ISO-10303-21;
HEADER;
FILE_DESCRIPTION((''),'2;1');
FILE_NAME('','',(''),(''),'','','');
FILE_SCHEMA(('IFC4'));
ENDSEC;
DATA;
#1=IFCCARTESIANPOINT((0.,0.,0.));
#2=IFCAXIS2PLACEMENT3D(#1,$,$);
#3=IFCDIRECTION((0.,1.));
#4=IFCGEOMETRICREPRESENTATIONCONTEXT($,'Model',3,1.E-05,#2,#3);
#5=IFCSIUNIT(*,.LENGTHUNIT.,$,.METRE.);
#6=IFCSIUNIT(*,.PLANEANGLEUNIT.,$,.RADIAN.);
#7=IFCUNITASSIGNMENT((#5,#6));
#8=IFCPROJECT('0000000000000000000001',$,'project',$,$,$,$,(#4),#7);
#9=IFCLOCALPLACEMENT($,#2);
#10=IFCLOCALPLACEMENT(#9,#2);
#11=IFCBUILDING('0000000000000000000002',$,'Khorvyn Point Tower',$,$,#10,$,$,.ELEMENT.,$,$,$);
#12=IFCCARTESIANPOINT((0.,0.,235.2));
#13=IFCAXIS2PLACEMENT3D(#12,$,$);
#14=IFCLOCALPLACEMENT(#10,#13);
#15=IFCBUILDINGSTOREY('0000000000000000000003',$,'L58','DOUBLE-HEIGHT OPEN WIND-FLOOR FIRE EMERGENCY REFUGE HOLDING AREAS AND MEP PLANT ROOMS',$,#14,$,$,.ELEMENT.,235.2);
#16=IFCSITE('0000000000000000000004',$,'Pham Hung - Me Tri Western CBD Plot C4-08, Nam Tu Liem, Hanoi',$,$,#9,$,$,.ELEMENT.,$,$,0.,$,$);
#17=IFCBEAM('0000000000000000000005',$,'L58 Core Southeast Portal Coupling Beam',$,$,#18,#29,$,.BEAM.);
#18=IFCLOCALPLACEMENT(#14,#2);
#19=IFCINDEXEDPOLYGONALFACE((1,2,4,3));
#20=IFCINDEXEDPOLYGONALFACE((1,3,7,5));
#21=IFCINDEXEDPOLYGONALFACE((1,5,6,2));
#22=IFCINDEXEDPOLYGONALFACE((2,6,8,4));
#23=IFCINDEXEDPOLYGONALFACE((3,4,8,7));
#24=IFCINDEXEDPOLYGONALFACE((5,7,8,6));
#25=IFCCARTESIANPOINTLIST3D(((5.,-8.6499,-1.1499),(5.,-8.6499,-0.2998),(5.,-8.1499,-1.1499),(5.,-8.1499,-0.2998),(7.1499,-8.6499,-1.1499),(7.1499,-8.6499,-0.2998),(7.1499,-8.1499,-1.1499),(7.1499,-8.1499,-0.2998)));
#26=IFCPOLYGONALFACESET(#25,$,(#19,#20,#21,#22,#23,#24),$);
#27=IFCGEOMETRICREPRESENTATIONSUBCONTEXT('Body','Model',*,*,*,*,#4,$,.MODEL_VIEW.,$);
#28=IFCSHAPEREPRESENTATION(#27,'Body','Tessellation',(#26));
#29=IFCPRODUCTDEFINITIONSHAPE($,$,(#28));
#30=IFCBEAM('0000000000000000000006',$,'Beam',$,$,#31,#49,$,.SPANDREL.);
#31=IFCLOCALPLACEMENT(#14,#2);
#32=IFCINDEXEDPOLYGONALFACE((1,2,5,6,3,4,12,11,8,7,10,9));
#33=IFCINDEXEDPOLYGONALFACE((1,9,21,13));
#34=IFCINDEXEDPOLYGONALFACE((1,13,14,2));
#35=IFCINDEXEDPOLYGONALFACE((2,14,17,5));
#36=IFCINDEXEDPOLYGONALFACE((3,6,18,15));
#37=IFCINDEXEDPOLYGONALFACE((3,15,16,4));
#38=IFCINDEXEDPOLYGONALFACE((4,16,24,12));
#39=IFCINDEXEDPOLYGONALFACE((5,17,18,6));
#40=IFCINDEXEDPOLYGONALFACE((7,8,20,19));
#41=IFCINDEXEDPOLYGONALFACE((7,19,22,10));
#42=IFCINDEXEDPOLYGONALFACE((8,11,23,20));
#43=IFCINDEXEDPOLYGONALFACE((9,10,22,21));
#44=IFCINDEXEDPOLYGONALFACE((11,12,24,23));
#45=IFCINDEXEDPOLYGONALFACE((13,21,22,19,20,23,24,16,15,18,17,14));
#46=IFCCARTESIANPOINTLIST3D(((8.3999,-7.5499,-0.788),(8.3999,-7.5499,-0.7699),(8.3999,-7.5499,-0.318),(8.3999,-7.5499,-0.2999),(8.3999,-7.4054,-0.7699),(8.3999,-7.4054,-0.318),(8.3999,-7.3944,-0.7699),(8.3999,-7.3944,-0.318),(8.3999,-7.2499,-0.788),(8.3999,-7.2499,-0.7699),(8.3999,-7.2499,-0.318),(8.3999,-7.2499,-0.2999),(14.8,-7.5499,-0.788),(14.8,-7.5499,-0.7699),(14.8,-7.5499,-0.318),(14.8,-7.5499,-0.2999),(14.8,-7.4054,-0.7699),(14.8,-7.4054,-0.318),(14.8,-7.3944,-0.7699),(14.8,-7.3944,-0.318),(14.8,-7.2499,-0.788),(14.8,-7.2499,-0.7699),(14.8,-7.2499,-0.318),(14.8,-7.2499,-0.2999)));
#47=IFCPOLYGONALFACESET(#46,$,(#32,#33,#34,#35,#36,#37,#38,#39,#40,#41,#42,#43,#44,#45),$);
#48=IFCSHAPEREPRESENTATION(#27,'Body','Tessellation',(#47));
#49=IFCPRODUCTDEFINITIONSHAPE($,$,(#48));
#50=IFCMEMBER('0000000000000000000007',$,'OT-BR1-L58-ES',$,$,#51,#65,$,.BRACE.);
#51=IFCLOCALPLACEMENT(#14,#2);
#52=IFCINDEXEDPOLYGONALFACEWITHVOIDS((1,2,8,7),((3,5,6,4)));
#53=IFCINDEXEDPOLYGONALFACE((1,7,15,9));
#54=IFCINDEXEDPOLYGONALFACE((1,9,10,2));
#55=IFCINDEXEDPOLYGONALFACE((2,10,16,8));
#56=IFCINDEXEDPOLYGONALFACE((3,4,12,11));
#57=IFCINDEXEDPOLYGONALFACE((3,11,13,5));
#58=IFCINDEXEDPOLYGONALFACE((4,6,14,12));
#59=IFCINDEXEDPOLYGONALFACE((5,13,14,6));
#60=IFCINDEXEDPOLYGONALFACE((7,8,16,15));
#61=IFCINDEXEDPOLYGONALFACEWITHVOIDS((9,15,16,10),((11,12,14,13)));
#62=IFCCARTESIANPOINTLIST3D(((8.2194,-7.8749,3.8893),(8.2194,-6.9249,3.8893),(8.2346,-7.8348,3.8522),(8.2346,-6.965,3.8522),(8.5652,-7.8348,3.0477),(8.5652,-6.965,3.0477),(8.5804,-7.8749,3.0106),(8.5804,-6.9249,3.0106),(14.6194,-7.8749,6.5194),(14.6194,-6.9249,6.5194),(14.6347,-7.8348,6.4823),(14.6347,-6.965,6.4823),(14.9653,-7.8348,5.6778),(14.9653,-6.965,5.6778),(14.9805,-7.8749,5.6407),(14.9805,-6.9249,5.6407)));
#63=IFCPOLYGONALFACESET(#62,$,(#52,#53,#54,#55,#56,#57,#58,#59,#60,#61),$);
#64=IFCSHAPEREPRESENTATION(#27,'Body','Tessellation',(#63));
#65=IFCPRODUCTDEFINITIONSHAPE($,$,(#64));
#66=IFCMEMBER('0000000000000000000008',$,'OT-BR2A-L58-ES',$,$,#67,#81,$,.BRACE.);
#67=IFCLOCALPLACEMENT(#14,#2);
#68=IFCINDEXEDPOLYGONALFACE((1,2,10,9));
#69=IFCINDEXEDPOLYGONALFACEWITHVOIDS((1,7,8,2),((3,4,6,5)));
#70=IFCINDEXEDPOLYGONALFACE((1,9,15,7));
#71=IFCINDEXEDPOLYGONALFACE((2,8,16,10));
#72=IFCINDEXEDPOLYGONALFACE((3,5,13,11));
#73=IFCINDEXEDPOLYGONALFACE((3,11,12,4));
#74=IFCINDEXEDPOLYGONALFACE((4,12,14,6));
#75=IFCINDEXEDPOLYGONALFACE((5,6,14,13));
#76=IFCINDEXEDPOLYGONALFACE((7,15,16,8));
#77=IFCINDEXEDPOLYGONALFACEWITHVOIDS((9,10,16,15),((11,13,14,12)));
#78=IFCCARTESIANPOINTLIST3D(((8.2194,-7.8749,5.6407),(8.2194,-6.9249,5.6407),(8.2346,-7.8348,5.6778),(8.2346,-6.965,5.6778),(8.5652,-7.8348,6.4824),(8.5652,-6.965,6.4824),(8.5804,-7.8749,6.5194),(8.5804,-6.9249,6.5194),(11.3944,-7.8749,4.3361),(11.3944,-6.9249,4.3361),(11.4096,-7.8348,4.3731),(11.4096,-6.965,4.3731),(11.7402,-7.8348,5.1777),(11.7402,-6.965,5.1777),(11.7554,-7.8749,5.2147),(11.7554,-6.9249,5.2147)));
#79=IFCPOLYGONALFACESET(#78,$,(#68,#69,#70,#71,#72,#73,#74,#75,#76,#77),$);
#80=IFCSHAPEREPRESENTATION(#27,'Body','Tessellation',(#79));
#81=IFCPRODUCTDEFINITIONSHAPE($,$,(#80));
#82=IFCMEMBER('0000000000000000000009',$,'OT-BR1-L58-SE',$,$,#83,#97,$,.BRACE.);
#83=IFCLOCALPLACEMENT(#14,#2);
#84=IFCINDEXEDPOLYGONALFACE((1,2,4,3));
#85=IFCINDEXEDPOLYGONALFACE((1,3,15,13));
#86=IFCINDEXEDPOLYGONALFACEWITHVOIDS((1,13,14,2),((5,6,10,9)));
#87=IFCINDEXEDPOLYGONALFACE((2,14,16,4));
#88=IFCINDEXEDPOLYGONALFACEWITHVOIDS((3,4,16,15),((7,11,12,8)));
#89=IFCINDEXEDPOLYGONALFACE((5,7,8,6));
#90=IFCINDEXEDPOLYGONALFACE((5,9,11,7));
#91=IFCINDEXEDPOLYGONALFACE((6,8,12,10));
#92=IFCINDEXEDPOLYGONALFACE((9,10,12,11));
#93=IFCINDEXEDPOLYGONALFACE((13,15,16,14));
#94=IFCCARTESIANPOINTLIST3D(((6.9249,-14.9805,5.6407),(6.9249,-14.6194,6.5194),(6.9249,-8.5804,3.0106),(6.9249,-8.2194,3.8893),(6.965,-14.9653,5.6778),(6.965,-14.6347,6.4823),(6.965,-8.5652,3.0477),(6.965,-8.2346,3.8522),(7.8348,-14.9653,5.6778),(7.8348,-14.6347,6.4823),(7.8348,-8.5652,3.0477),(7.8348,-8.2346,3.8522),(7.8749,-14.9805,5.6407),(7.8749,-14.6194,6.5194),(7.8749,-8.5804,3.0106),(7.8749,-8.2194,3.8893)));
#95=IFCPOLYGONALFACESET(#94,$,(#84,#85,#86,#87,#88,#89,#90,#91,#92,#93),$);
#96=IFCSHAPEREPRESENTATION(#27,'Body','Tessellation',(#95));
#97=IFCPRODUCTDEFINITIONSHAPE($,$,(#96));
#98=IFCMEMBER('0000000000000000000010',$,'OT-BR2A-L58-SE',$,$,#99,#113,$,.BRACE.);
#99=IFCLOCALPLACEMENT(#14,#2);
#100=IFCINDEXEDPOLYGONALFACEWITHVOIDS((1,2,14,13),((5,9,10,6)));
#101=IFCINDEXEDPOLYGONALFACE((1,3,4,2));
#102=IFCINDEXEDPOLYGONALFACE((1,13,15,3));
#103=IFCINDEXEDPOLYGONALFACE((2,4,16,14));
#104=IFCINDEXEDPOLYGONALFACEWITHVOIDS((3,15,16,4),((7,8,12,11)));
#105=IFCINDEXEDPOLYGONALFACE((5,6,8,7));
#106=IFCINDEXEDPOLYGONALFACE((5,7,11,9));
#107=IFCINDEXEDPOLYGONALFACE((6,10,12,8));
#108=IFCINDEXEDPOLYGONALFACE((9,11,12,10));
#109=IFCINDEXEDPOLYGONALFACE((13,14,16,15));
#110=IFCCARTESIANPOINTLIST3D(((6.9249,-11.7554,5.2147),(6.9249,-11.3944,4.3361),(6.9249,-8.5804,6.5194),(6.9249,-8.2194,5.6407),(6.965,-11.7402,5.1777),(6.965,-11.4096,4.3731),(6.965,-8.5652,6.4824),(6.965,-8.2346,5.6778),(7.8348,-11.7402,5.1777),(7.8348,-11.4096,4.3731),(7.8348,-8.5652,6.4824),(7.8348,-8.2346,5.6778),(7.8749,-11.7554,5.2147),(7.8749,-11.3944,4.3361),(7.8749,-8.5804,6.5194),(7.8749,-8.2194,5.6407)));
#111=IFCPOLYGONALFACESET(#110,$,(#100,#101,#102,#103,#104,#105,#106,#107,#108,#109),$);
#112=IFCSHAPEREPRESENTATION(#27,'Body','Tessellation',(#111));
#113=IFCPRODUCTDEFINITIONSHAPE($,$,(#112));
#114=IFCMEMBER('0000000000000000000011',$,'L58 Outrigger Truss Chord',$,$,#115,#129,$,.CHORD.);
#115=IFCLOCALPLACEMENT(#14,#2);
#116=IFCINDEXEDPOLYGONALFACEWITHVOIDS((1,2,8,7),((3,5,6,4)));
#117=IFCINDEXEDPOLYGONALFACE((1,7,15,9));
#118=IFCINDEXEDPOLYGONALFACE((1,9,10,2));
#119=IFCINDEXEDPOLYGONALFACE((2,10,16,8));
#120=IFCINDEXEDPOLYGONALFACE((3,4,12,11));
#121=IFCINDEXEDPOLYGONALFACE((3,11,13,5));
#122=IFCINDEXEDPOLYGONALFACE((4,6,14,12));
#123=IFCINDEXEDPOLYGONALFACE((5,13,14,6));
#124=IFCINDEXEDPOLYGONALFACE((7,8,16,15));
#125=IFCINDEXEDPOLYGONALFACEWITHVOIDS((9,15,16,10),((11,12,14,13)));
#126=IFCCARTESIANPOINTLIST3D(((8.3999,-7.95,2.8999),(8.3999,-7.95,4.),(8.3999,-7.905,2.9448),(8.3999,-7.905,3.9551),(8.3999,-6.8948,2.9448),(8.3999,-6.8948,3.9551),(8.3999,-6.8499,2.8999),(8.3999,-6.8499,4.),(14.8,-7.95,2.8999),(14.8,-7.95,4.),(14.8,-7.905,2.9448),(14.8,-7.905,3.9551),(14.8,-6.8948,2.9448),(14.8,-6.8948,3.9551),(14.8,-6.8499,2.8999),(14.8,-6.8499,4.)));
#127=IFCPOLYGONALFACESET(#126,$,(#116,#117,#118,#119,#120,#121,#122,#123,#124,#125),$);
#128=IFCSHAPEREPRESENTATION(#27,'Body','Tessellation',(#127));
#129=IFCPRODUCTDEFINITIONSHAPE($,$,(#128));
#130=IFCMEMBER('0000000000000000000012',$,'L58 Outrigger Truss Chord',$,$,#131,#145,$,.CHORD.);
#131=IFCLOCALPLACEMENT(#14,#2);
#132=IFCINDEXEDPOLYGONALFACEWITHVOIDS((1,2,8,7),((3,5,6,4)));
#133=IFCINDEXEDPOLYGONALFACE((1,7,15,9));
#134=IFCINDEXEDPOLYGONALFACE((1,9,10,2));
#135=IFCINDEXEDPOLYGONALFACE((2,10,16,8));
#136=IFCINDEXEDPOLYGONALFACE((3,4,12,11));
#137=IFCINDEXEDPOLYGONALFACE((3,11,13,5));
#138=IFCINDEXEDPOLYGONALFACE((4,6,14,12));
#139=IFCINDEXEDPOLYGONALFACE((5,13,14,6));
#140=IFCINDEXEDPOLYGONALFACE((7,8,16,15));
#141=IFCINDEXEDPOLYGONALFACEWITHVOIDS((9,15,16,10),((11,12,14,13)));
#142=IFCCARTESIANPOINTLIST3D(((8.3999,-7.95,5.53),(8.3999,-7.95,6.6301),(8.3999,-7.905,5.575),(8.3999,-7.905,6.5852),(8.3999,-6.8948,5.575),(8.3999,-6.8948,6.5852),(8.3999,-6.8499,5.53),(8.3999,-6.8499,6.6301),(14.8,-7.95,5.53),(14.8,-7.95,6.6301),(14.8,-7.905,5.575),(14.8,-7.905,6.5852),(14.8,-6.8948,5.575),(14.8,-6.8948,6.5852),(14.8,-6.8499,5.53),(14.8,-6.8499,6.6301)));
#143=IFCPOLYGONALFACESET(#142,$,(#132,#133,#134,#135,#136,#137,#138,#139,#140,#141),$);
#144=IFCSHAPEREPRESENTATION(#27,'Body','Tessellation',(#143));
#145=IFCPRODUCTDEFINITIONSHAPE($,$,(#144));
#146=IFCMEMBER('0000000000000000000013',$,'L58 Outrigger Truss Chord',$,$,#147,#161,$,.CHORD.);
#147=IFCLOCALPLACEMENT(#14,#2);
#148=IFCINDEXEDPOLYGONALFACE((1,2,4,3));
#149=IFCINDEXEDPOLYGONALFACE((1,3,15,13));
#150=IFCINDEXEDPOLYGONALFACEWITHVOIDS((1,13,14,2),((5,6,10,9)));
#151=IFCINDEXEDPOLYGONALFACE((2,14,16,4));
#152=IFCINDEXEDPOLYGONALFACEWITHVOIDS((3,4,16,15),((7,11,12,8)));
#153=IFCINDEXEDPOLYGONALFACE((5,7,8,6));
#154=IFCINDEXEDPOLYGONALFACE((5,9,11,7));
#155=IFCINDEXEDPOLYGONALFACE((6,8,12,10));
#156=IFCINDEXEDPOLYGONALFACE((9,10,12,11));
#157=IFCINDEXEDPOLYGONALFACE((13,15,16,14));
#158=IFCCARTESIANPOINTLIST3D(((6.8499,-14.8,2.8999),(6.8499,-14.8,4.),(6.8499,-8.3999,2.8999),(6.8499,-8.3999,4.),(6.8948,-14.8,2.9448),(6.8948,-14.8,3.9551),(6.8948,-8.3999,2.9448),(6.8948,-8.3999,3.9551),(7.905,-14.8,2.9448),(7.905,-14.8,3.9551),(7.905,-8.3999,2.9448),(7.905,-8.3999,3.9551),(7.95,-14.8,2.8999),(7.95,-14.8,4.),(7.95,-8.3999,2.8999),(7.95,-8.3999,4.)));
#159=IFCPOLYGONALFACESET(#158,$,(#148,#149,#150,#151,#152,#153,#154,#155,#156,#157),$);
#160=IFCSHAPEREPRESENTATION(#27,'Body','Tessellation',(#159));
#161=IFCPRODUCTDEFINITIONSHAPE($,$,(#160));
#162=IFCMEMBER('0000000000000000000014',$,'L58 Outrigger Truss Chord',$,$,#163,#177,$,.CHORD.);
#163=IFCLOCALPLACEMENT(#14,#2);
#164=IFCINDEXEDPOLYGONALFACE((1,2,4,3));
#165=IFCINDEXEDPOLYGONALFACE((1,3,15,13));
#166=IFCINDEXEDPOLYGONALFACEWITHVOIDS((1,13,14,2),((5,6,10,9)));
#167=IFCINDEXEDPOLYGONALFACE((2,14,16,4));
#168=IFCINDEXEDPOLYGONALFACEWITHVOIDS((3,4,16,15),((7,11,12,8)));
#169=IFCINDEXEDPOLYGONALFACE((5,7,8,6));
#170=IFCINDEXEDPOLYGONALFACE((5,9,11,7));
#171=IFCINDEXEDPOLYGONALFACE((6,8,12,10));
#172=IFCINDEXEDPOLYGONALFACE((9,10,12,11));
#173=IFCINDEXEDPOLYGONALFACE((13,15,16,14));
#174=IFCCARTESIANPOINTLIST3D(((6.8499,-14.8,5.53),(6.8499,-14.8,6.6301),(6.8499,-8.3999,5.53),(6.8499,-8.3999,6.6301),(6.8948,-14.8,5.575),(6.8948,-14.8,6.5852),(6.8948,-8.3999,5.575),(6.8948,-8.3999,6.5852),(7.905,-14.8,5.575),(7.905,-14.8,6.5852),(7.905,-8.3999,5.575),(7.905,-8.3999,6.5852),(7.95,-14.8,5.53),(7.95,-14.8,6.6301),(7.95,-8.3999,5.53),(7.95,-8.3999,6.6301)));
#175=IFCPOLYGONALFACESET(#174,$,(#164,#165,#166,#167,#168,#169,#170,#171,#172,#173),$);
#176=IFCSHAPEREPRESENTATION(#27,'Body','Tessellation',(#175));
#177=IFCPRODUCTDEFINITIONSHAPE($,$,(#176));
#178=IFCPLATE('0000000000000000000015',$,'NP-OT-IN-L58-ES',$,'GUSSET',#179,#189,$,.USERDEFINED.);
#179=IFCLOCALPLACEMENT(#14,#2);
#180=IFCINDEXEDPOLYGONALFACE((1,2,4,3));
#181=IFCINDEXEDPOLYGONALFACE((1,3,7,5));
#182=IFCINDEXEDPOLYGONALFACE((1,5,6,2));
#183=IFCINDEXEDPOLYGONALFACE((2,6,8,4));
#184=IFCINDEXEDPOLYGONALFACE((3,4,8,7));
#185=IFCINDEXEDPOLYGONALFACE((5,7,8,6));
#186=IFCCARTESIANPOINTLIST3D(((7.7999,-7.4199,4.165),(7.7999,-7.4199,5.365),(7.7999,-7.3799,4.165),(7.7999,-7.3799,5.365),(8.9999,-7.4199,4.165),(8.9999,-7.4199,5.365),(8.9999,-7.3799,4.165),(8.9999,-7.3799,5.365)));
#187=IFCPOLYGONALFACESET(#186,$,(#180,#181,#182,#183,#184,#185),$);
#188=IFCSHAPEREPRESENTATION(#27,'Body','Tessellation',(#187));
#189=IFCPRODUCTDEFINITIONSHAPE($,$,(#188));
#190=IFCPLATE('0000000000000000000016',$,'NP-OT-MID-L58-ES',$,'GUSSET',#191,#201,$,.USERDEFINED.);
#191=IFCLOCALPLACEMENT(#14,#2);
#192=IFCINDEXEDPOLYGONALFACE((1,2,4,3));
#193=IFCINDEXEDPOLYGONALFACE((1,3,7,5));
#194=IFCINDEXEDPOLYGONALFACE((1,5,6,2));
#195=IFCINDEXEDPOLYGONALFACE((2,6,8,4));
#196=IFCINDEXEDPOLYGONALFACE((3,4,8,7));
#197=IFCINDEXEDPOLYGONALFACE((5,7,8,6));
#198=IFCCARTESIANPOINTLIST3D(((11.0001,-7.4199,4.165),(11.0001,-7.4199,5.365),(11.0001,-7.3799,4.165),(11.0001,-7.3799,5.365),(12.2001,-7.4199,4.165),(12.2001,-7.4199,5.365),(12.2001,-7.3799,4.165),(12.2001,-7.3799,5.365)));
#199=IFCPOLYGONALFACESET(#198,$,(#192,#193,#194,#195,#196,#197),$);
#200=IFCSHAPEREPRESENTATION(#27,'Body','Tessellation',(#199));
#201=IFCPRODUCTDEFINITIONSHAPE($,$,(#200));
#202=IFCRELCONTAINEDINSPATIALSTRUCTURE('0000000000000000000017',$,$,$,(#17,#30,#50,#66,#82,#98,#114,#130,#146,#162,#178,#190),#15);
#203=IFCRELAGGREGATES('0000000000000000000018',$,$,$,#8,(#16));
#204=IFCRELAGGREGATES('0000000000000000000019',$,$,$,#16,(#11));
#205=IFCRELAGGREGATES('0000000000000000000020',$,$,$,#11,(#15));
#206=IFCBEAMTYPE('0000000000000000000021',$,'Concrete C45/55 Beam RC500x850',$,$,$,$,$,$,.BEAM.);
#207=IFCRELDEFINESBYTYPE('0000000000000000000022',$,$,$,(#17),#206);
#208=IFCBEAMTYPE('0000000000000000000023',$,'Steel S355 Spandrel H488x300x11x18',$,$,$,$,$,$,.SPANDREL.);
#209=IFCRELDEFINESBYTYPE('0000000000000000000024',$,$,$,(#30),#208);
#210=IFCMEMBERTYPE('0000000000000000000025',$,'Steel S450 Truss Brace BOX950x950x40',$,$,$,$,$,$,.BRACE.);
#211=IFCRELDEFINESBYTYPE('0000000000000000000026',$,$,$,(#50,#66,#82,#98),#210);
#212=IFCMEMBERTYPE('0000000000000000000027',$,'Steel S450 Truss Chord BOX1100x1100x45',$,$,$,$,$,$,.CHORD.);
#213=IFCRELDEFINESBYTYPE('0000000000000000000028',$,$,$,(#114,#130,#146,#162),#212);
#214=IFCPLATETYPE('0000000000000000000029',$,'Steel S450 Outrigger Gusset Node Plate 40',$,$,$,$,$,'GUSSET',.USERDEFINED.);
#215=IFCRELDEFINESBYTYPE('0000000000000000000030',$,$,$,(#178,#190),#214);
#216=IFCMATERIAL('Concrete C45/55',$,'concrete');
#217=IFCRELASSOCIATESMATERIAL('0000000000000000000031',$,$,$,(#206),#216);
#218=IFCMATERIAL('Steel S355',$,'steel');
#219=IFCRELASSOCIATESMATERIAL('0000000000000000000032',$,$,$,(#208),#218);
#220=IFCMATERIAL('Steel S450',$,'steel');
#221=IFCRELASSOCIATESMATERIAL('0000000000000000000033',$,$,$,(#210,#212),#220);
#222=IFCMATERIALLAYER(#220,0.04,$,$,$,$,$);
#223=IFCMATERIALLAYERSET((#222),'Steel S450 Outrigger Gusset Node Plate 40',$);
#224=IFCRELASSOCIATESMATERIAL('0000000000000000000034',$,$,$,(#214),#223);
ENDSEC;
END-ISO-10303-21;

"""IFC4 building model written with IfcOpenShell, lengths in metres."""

from ifc_helpers import new_model, si_unit, direction, frame, origin, origin_2d, place, context, subcontext, project, spatial, rectangle, hollow_rectangle, i_section, extrude, material, layer, layer_set, material_profile, profile_set, type_object, element, save


model = new_model("IFC4")

# Units and contexts
model_context = context("Model", 3, precision=1e-05, world=origin(), true_north=direction((0.0, 1.0)))
body_context = subcontext(model_context, "Body", "Model", "MODEL_VIEW")
ifc_project = project(units=[si_unit("LENGTHUNIT", "METRE"), si_unit("PLANEANGLEUNIT", "RADIAN")], contexts=[model_context])

# Site, building, storey
site_placement = place(None, origin())
site = spatial("IfcSite", under=ifc_project, at=site_placement, Name="Pham Hung - Me Tri Western CBD Plot C4-08, Nam Tu Liem, Hanoi", CompositionType="ELEMENT", RefElevation=0.0)
building_placement = place(site_placement, origin())
building = spatial("IfcBuilding", under=site, at=building_placement, Name="Khorvyn Point Tower", CompositionType="ELEMENT")
storey_placement = place(building_placement, frame((0.0, 0.0, 235.2)))
storey = spatial("IfcBuildingStorey", under=building, at=storey_placement, Name="L58", Description="DOUBLE-HEIGHT OPEN WIND-FLOOR FIRE EMERGENCY REFUGE HOLDING AREAS AND MEP PLANT ROOMS", CompositionType="ELEMENT", Elevation=235.2)

# Beams
ifc_material_1 = material(Name="Concrete C45/55", Category="concrete")
ifc_material_profile_1 = material_profile(ifc_material_1, rectangle(XDim=0.5, YDim=0.8501, at=origin_2d()))
ifc_profile_set_1 = profile_set([ifc_material_profile_1], Name="Concrete C45/55 RC500x850")
beam_type_1 = type_object("IfcBeamType", Name="Concrete C45/55 Beam RC500x850", PredefinedType="BEAM", material=ifc_profile_set_1)
beam_1_placement = place(storey_placement, frame((5.0, -8.3999, -0.7249), z_axis=(1.0, 0.0, 0.0), x_axis=(0.0, 1.0, 0.0)))
element("IfcBeam", 1, at=beam_1_placement, inside=storey, type_object=beam_type_1, Name="L58 Core Southeast Portal Coupling Beam", PredefinedType="BEAM", context=body_context, shape_type="SweptSolid", body=[
    extrude(rectangle(XDim=0.5, YDim=0.8501, at=origin_2d()), origin(), (0.0, 0.0, 1.0), 2.1499),
])
ifc_material_2 = material(Name="Steel S355", Category="steel")
ifc_material_profile_2 = material_profile(ifc_material_2, i_section(OverallWidth=0.3, OverallDepth=0.488, WebThickness=0.011, FlangeThickness=0.0181, at=origin_2d()))
ifc_profile_set_2 = profile_set([ifc_material_profile_2], Name="Steel S355 H488x300x11x18")
beam_type_2 = type_object("IfcBeamType", Name="Steel S355 Spandrel H488x300x11x18", PredefinedType="SPANDREL", material=ifc_profile_set_2)
beam_2_placement = place(storey_placement, frame((8.3999, -7.3999, -0.5439), z_axis=(1.0, 0.0, 0.0), x_axis=(0.0, 1.0, 0.0)))
element("IfcBeam", 2, at=beam_2_placement, inside=storey, type_object=beam_type_2, Name="Beam", PredefinedType="SPANDREL", context=body_context, shape_type="SweptSolid", body=[
    extrude(i_section(OverallWidth=0.3, OverallDepth=0.488, WebThickness=0.011, FlangeThickness=0.0181, at=origin_2d()), origin(), (0.0, 0.0, 1.0), 6.4001),
])

# Members
ifc_material_3 = material(Name="Steel S450", Category="steel")
ifc_material_profile_3 = material_profile(ifc_material_3, hollow_rectangle(XDim=0.95, YDim=0.95, WallThickness=0.04, at=origin_2d()))
ifc_profile_set_3 = profile_set([ifc_material_profile_3], Name="Steel S450 BOX950x950x40")
member_type_1 = type_object("IfcMemberType", Name="Steel S450 Truss Brace BOX950x950x40", PredefinedType="BRACE", material=ifc_profile_set_3)
member_1_placement = place(storey_placement, frame((8.3999, -7.3999, 3.45), z_axis=(0.924944, 0.0, 0.380104), x_axis=(0.0, 1.0, 0.0)))
element("IfcMember", 3, at=member_1_placement, inside=storey, type_object=member_type_1, Name="OT-BR1-L58-ES", PredefinedType="BRACE", context=body_context, shape_type="SweptSolid", body=[
    extrude(hollow_rectangle(XDim=0.95, YDim=0.95, WallThickness=0.04, at=origin_2d()), origin(), (0.0, 0.0, 1.0), 6.9194),
])
member_2_placement = place(storey_placement, frame((8.3999, -7.3999, 6.0801), z_axis=(0.924953, 0.0, -0.380081), x_axis=(0.0, 1.0, 0.0)))
element("IfcMember", 4, at=member_2_placement, inside=storey, type_object=member_type_1, Name="OT-BR2A-L58-ES", PredefinedType="BRACE", context=body_context, shape_type="SweptSolid", body=[
    extrude(hollow_rectangle(XDim=0.95, YDim=0.95, WallThickness=0.04, at=origin_2d()), origin(), (0.0, 0.0, 1.0), 3.4326),
])
member_3_placement = place(storey_placement, frame((7.3999, -8.3999, 3.45), z_axis=(0.0, -0.924944, 0.380104), x_axis=(1.0, 0.0, 0.0)))
element("IfcMember", 5, at=member_3_placement, inside=storey, type_object=member_type_1, Name="OT-BR1-L58-SE", PredefinedType="BRACE", context=body_context, shape_type="SweptSolid", body=[
    extrude(hollow_rectangle(XDim=0.95, YDim=0.95, WallThickness=0.04, at=origin_2d()), origin(), (0.0, 0.0, 1.0), 6.9194),
])
member_4_placement = place(storey_placement, frame((7.3999, -8.3999, 6.0801), z_axis=(0.0, -0.924953, -0.380081), x_axis=(1.0, 0.0, 0.0)))
element("IfcMember", 6, at=member_4_placement, inside=storey, type_object=member_type_1, Name="OT-BR2A-L58-SE", PredefinedType="BRACE", context=body_context, shape_type="SweptSolid", body=[
    extrude(hollow_rectangle(XDim=0.95, YDim=0.95, WallThickness=0.04, at=origin_2d()), origin(), (0.0, 0.0, 1.0), 3.4326),
])
ifc_material_profile_4 = material_profile(ifc_material_3, hollow_rectangle(XDim=1.1001, YDim=1.1001, WallThickness=0.0449, at=origin_2d()))
ifc_profile_set_4 = profile_set([ifc_material_profile_4], Name="Steel S450 BOX1100x1100x45")
member_type_2 = type_object("IfcMemberType", Name="Steel S450 Truss Chord BOX1100x1100x45", PredefinedType="CHORD", material=ifc_profile_set_4)
for number, where, z_axis, x_axis, name in (
    (7, (8.3999, -7.3999, 3.45), (1.0, 0.0, 0.0), (0.0, 1.0, 0.0), "L58 Outrigger Truss Chord"),
    (8, (8.3999, -7.3999, 6.0801), (1.0, 0.0, 0.0), (0.0, 1.0, 0.0), "L58 Outrigger Truss Chord"),
    (9, (7.3999, -8.3999, 3.45), (0.0, -1.0, 0.0), (1.0, 0.0, 0.0), "L58 Outrigger Truss Chord"),
    (10, (7.3999, -8.3999, 6.0801), (0.0, -1.0, 0.0), (1.0, 0.0, 0.0), "L58 Outrigger Truss Chord"),
):
    element("IfcMember", number, at=place(storey_placement, frame(where, z_axis=z_axis, x_axis=x_axis)), inside=storey, type_object=member_type_2, Name=name, PredefinedType="CHORD", context=body_context, shape_type="SweptSolid", body=[
        extrude(hollow_rectangle(XDim=1.1001, YDim=1.1001, WallThickness=0.0449, at=origin_2d()), origin(), (0.0, 0.0, 1.0), 6.4001),
    ])

# Plates
ifc_layer_1 = layer(ifc_material_3, 0.04)
ifc_layer_set_1 = layer_set([ifc_layer_1], Name="Steel S450 Outrigger Gusset Node Plate 40")
plate_type = type_object("IfcPlateType", Name="Steel S450 Outrigger Gusset Node Plate 40", ElementType="GUSSET", PredefinedType="USERDEFINED", material=ifc_layer_set_1)
for number, where, z_axis, x_axis, name in (
    (11, (8.3999, -7.3999, 4.165), (0.0, 0.0, 1.0), (1.0, 0.0, 0.0), "NP-OT-IN-L58-ES"),
    (12, (11.6001, -7.3999, 4.165), (0.0, 0.0, 1.0), (1.0, 0.0, 0.0), "NP-OT-MID-L58-ES"),
):
    element("IfcPlate", number, at=place(storey_placement, frame(where, z_axis=z_axis, x_axis=x_axis)), inside=storey, type_object=plate_type, Name=name, ObjectType="GUSSET", PredefinedType="USERDEFINED", context=body_context, shape_type="SweptSolid", body=[
        extrude(rectangle(XDim=1.2, YDim=0.04, at=origin_2d()), origin(), (0.0, 0.0, 1.0), 1.2),
    ])

save(model, "model.ifc")
